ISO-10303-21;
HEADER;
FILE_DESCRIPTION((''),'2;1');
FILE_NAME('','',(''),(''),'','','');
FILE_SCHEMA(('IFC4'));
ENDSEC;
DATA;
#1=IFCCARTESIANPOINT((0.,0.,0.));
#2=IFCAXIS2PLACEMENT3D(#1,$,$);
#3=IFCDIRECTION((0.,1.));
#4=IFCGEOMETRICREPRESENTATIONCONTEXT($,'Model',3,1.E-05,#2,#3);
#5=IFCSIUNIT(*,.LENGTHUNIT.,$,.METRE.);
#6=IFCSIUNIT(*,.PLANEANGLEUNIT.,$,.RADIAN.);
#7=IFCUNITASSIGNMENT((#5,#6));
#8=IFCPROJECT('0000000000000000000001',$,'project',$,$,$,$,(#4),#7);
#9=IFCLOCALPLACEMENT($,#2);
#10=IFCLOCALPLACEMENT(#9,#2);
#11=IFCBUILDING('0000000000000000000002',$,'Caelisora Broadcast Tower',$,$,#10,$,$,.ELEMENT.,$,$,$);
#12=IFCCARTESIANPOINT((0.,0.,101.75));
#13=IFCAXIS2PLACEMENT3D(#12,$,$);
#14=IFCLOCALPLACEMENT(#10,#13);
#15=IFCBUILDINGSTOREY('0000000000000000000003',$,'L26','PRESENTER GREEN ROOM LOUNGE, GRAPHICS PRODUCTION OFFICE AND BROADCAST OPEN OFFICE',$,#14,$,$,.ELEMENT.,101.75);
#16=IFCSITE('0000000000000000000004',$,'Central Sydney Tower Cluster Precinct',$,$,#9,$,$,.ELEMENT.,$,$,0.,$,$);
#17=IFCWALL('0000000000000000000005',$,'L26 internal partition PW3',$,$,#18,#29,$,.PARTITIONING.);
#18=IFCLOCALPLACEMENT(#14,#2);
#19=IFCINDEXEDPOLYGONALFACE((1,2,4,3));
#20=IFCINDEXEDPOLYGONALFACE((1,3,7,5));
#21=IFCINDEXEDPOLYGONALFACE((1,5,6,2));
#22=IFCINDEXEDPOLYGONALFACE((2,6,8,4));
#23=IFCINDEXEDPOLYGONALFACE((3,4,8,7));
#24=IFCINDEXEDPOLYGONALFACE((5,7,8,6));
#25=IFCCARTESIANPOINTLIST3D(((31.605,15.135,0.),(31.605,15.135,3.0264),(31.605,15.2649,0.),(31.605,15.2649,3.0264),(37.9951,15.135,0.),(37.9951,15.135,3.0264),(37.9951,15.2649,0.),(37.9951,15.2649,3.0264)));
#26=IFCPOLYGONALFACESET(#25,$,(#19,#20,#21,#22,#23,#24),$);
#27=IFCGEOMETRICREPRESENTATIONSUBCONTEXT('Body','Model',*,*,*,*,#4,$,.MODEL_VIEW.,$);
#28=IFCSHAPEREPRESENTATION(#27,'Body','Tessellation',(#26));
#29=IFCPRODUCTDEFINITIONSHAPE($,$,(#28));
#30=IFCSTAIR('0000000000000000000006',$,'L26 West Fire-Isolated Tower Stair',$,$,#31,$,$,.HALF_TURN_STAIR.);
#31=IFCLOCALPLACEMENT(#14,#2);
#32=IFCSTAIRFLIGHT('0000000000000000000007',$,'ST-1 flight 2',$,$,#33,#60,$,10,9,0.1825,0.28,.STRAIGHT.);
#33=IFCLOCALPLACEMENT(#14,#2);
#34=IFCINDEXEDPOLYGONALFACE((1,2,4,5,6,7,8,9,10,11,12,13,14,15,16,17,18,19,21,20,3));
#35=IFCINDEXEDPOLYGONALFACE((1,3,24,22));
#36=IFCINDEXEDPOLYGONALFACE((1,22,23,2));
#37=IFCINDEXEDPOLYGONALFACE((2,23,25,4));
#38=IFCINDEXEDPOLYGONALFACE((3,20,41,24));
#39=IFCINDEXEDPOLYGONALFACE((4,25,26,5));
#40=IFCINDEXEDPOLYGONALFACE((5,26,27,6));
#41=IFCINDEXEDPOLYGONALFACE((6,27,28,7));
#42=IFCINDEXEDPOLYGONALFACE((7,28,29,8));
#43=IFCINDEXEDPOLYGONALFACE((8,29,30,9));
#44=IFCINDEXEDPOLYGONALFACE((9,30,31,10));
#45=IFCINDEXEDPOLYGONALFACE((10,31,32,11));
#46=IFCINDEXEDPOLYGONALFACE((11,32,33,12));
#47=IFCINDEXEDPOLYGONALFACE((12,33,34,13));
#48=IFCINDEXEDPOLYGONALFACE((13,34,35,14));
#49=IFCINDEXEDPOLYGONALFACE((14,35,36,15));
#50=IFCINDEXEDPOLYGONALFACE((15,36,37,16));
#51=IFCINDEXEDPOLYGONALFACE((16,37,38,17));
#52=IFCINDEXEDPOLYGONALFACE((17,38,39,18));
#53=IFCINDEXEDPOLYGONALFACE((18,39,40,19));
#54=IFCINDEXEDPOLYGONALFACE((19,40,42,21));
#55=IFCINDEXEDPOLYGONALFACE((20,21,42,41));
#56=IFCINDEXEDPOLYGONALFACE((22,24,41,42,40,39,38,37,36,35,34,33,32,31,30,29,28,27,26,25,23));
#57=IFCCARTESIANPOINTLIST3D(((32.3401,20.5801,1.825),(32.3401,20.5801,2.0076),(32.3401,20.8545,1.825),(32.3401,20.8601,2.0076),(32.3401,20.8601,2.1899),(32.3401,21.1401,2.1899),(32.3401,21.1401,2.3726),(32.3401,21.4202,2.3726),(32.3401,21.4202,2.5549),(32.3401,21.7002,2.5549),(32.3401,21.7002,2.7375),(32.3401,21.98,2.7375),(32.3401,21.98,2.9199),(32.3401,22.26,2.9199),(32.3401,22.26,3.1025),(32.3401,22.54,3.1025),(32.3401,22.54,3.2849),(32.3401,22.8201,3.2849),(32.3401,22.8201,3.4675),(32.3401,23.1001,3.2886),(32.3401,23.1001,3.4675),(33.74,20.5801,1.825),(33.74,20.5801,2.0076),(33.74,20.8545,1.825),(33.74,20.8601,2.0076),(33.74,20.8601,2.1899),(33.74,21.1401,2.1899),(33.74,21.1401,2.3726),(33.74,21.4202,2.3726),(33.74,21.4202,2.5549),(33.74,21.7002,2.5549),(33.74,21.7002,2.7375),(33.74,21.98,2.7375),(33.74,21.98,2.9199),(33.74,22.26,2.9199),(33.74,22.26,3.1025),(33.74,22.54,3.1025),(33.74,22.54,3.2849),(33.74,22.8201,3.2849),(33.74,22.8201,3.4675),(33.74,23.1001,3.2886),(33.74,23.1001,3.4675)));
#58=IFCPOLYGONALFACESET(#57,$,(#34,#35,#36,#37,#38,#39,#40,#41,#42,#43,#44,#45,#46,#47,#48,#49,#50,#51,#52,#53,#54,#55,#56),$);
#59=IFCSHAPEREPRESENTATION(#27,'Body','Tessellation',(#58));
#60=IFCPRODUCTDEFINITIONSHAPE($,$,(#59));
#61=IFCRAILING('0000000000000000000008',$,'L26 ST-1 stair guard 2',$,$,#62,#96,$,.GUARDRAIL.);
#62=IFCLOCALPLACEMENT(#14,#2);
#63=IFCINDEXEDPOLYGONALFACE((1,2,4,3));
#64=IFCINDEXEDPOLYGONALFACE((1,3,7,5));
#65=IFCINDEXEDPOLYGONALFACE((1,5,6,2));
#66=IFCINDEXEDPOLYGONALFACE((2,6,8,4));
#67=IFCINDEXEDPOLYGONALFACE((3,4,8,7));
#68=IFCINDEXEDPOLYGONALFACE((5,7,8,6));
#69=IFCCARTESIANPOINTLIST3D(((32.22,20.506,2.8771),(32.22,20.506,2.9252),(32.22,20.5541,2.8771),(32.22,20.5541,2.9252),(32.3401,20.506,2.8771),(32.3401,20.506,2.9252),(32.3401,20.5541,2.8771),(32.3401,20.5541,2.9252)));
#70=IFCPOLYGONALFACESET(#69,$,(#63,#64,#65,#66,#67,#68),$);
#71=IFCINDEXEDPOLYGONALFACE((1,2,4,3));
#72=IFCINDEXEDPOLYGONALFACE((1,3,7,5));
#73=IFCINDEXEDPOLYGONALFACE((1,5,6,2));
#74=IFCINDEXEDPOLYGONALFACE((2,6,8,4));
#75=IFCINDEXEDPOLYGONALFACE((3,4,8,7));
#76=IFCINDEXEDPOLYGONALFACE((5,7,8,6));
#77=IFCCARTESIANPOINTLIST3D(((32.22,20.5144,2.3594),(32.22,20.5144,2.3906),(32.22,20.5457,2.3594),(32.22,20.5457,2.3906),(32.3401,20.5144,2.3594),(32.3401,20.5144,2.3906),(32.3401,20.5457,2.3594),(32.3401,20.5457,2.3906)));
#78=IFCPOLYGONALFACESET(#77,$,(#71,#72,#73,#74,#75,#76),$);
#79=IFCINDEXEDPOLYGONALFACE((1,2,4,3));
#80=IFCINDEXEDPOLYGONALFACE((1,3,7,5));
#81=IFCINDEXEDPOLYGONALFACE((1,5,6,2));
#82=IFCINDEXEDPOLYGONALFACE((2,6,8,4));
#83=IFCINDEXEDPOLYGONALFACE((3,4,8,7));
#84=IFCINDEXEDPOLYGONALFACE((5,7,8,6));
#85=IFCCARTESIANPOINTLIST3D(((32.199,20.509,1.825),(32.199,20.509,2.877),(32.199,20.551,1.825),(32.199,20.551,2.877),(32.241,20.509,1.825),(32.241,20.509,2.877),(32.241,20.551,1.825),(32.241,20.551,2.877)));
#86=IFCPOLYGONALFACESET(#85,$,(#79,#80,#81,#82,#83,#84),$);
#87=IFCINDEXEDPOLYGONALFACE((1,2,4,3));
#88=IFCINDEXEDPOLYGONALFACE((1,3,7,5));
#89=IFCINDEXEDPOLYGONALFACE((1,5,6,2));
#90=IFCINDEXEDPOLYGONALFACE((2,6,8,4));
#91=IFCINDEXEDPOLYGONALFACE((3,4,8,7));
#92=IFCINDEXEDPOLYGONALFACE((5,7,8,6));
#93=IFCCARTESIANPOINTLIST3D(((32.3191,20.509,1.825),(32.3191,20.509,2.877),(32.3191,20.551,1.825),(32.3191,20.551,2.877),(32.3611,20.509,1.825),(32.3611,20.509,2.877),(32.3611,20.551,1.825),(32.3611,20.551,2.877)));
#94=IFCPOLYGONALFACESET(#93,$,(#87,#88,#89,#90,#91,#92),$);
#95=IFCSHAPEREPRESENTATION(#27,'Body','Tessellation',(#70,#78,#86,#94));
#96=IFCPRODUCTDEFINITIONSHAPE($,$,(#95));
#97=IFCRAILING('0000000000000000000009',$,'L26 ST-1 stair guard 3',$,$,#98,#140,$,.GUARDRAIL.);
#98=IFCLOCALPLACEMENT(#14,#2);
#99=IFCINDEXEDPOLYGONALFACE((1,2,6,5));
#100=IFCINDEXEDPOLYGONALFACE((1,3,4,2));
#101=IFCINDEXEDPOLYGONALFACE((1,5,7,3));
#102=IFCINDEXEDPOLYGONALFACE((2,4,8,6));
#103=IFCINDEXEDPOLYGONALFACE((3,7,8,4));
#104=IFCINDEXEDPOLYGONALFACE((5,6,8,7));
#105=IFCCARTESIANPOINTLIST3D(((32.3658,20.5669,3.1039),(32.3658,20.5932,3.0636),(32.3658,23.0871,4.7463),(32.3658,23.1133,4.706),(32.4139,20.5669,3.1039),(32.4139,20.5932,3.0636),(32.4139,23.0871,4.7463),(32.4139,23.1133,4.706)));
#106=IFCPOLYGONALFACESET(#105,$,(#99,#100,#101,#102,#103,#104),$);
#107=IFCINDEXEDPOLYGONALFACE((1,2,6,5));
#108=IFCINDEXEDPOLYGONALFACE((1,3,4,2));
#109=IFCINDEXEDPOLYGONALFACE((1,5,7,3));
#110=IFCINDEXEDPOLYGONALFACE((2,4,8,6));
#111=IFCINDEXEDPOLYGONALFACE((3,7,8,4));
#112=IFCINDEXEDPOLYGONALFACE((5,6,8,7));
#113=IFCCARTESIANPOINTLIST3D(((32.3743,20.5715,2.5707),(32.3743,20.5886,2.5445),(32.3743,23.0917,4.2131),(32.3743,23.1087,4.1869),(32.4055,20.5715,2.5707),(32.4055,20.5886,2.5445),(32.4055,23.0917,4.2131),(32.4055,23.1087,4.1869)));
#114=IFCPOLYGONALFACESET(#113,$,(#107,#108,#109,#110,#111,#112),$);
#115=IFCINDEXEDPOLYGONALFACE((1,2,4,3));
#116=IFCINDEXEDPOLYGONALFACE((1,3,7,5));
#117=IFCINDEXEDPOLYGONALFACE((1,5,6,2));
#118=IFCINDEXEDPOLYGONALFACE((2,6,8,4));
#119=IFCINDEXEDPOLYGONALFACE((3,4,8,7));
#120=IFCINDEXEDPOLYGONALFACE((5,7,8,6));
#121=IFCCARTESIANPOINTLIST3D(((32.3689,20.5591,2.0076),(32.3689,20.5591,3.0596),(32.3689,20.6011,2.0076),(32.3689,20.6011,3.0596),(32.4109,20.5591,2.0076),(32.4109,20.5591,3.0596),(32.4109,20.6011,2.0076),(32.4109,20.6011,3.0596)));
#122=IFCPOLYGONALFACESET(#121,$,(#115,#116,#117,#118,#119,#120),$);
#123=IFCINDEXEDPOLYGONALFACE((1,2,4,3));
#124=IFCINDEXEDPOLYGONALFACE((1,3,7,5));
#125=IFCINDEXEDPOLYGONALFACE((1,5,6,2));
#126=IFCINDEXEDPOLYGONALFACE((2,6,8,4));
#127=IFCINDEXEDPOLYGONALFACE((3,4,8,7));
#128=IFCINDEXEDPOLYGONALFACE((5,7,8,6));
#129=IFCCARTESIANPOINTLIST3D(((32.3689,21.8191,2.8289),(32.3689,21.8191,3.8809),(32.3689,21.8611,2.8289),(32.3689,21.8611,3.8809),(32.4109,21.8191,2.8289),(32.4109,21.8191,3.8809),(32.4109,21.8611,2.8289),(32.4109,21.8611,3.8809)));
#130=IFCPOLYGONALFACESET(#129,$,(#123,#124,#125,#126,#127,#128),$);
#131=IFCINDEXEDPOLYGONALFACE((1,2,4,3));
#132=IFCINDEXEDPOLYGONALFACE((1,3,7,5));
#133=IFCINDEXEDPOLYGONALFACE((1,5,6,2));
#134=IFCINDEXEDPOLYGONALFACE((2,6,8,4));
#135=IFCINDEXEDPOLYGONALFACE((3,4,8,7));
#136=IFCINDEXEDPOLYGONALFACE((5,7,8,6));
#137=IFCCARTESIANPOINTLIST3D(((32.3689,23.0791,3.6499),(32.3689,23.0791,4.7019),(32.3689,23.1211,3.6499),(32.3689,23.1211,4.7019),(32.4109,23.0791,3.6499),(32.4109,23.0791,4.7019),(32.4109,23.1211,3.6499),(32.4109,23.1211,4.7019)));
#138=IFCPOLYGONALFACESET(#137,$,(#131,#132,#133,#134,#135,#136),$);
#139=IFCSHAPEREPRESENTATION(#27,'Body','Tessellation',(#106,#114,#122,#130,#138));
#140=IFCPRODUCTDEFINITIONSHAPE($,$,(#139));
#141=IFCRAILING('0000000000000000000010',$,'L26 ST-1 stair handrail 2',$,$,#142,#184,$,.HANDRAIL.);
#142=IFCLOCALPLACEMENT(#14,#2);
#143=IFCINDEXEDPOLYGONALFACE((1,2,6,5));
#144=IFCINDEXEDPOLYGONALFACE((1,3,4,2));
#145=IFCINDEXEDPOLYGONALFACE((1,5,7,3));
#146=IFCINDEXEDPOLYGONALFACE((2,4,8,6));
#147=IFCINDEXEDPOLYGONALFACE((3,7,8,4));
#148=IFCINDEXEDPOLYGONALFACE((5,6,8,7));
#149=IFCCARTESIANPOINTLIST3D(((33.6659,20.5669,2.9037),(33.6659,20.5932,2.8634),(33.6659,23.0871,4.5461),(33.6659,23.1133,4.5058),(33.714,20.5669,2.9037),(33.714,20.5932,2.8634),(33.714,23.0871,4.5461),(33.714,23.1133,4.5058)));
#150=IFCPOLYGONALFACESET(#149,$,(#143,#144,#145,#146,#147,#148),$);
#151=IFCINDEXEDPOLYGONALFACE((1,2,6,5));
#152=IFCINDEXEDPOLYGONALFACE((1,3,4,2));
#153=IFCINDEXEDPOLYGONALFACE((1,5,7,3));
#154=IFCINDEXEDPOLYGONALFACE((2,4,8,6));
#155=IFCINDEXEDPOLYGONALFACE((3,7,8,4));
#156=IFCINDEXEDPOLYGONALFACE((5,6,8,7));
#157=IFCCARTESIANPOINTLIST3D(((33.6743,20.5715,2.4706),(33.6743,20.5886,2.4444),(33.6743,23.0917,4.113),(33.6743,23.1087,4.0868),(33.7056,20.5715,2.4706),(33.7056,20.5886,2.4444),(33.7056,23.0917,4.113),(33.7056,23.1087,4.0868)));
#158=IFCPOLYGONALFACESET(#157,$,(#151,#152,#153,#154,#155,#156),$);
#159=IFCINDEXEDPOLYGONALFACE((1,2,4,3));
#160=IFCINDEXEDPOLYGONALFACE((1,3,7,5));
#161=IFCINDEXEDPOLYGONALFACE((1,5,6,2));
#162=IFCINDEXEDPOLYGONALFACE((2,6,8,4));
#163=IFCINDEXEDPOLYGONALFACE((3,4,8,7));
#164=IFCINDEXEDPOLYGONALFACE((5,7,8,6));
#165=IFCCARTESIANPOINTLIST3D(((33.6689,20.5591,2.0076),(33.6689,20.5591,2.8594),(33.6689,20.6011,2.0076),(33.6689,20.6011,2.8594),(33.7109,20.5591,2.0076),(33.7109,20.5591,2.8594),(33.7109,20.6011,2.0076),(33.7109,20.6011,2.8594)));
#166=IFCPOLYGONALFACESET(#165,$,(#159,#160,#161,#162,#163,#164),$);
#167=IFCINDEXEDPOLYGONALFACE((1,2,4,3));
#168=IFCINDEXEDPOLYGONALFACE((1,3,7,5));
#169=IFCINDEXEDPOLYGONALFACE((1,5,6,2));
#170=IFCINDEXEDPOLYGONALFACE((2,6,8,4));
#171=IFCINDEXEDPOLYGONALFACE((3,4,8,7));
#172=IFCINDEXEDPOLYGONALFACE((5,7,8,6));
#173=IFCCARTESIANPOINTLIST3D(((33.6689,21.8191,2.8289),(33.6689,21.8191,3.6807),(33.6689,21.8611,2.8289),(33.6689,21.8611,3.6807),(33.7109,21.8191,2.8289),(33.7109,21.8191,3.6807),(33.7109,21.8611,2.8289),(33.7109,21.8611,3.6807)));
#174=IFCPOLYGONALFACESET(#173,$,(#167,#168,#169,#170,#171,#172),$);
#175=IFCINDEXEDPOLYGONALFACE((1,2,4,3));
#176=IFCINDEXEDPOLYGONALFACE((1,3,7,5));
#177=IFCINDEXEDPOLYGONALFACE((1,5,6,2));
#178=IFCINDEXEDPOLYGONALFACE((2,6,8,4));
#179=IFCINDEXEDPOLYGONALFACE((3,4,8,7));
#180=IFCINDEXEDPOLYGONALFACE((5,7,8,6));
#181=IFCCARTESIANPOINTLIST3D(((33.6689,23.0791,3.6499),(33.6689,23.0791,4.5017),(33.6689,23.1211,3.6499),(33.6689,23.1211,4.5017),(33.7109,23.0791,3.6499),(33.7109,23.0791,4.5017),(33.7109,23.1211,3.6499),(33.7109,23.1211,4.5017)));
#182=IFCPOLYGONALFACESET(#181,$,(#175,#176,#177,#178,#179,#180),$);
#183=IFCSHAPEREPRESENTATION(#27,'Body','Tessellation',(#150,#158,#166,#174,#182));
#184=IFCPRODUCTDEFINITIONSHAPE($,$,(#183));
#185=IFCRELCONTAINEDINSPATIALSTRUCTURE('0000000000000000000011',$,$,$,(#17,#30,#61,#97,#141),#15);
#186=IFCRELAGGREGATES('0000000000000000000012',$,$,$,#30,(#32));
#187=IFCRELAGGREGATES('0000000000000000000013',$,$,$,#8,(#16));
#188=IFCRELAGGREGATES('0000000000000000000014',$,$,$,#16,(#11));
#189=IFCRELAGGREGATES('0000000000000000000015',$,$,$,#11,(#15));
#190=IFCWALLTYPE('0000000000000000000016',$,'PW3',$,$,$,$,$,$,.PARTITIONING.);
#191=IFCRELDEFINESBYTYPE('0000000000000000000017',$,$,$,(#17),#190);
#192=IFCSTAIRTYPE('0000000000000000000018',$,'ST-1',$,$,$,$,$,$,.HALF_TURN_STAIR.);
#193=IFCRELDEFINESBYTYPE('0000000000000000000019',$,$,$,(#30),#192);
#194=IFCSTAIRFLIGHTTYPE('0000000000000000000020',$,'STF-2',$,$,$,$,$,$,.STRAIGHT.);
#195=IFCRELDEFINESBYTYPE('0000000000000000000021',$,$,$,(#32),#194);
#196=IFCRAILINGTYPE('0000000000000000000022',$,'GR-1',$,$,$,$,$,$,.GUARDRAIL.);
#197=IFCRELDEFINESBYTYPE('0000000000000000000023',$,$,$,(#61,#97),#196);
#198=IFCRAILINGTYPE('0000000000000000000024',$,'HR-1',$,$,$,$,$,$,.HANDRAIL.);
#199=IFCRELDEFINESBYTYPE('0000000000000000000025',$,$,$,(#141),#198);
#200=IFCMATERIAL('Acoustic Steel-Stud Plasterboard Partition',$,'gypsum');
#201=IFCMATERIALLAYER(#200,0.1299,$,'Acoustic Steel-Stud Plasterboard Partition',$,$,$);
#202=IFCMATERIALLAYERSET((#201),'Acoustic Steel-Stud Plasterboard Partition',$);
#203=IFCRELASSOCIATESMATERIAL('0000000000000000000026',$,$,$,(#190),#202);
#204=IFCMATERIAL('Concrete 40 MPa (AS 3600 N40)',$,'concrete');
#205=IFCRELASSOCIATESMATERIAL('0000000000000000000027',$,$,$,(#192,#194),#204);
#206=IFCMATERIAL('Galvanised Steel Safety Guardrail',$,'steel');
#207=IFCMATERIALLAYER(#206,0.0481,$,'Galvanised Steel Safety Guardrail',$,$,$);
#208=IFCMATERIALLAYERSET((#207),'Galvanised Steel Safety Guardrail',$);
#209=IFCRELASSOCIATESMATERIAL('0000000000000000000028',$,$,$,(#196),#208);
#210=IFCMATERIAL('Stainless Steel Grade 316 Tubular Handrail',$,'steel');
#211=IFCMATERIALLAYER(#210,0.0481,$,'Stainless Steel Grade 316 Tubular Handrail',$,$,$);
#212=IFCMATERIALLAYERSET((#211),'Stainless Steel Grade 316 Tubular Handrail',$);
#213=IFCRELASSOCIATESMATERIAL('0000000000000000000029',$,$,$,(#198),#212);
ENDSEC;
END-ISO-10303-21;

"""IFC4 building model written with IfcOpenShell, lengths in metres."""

from ifc_helpers import new_model, si_unit, direction, frame, frame_2d, origin, origin_2d, place, context, subcontext, project, spatial, polyline, rectangle, outline, extrude, material, layer, layer_set, type_object, element, aggregate, save


model = new_model("IFC4")

# Units and contexts
model_context = context("Model", 3, precision=1e-05, world=origin(), true_north=direction((0.0, 1.0)))
body_context = subcontext(model_context, "Body", "Model", "MODEL_VIEW")
ifc_project = project(units=[si_unit("LENGTHUNIT", "METRE"), si_unit("PLANEANGLEUNIT", "RADIAN")], contexts=[model_context])

# Site, building, storey
site_placement = place(None, origin())
site = spatial("IfcSite", under=ifc_project, at=site_placement, Name="Central Sydney Tower Cluster Precinct", CompositionType="ELEMENT", RefElevation=0.0)
building_placement = place(site_placement, origin())
building = spatial("IfcBuilding", under=site, at=building_placement, Name="Caelisora Broadcast Tower", CompositionType="ELEMENT")
storey_placement = place(building_placement, frame((0.0, 0.0, 101.75)))
storey = spatial("IfcBuildingStorey", under=building, at=storey_placement, Name="L26", Description="PRESENTER GREEN ROOM LOUNGE, GRAPHICS PRODUCTION OFFICE AND BROADCAST OPEN OFFICE", CompositionType="ELEMENT", Elevation=101.75)

# Wall
ifc_material_1 = material(Name="Acoustic Steel-Stud Plasterboard Partition", Category="gypsum")
ifc_layer_1 = layer(ifc_material_1, 0.1299, Name="Acoustic Steel-Stud Plasterboard Partition")
ifc_layer_set_1 = layer_set([ifc_layer_1], Name="Acoustic Steel-Stud Plasterboard Partition")
wall_type_1 = type_object("IfcWallType", Name="PW3", PredefinedType="PARTITIONING", material=ifc_layer_set_1)
wall_1_placement = place(storey_placement, frame((31.605, 15.2, 0.0), z_axis=(0.0, 0.0, 1.0), x_axis=(1.0, 0.0, 0.0)))
element("IfcWall", 1, at=wall_1_placement, inside=storey, type_object=wall_type_1, Name="L26 internal partition PW3", PredefinedType="PARTITIONING", context=body_context, shape_type="SweptSolid", body=[
    extrude(rectangle(XDim=6.3901, YDim=0.1299, at=frame_2d((3.1951, 0.0))), origin(), (0.0, 0.0, 1.0), 3.0264),
])

# Stair, stair flight
ifc_material_2 = material(Name="Concrete 40 MPa (AS 3600 N40)", Category="concrete")
stair_type = type_object("IfcStairType", Name="ST-1", PredefinedType="HALF_TURN_STAIR", material=ifc_material_2)
stair_placement = place(storey_placement, origin())
stair = element("IfcStair", 2, at=stair_placement, inside=storey, type_object=stair_type, Name="L26 West Fire-Isolated Tower Stair", PredefinedType="HALF_TURN_STAIR")
stair_flight_type = type_object("IfcStairFlightType", Name="STF-2", PredefinedType="STRAIGHT", material=ifc_material_2)
stair_flight_placement = place(storey_placement, frame((33.04, 20.5801, 1.825), z_axis=(0.0, 0.0, 1.0), x_axis=(0.0, 1.0, 0.0)))
stair_flight = element("IfcStairFlight", 3, at=stair_flight_placement, type_object=stair_flight_type, Name="ST-1 flight 2", NumberOfRisers=10, NumberOfTreads=9, PredefinedType="STRAIGHT", RiserHeight=0.1825, TreadLength=0.28, context=body_context, shape_type="SweptSolid", body=[
    extrude(outline(polyline([(0.0, 0.0), (0.0, 0.1826), (0.28, 0.1826), (0.28, 0.365), (0.5601, 0.365), (0.5601, 0.5476), (0.8401, 0.5476), (0.8401, 0.73), (1.1201, 0.73), (1.1201, 0.9126), (1.3999, 0.9126), (1.3999, 1.095), (1.6799, 1.095), (1.6799, 1.2776), (1.96, 1.2776), (1.96, 1.46), (2.24, 1.46), (2.24, 1.6426), (2.52, 1.6426), (2.52, 1.825), (2.52, 1.4636), (0.2744, 0.0), (0.0, 0.0)])), frame((0.0, 0.7, 0.0), z_axis=(0.0, -1.0, 0.0), x_axis=(1.0, 0.0, 0.0)), (0.0, 0.0, 1.0), 1.3999),
])
aggregate(stair, [stair_flight])

# Railings
ifc_material_3 = material(Name="Galvanised Steel Safety Guardrail", Category="steel")
ifc_layer_2 = layer(ifc_material_3, 0.0481, Name="Galvanised Steel Safety Guardrail")
ifc_layer_set_2 = layer_set([ifc_layer_2], Name="Galvanised Steel Safety Guardrail")
railing_type_1 = type_object("IfcRailingType", Name="GR-1", PredefinedType="GUARDRAIL", material=ifc_layer_set_2)
railing_1_placement = place(storey_placement, frame((32.22, 20.53, 1.825)))
element("IfcRailing", 4, at=railing_1_placement, inside=storey, type_object=railing_type_1, Name="L26 ST-1 stair guard 2", PredefinedType="GUARDRAIL", context=body_context, shape_type="SweptSolid", body=[
    extrude(rectangle(XDim=0.0481, YDim=0.0481, at=origin_2d()), frame((0.0, 0.0, 1.0762), z_axis=(1.0, 0.0, 0.0), x_axis=(0.0, 1.0, 0.0)), (0.0, 0.0, 1.0), 0.1201),
    extrude(rectangle(XDim=0.0312, YDim=0.0312, at=origin_2d()), frame((0.0, 0.0, 0.55), z_axis=(1.0, 0.0, 0.0), x_axis=(0.0, 1.0, 0.0)), (0.0, 0.0, 1.0), 0.1201),
    extrude(rectangle(XDim=0.042, YDim=0.042, at=origin_2d()), origin(), (0.0, 0.0, 1.0), 1.052),
    extrude(rectangle(XDim=0.042, YDim=0.042, at=origin_2d()), frame((0.1201, 0.0, 0.0)), (0.0, 0.0, 1.0), 1.052),
])
railing_2_placement = place(storey_placement, frame((32.3899, 20.5801, 2.0076)))
element("IfcRailing", 5, at=railing_2_placement, inside=storey, type_object=railing_type_1, Name="L26 ST-1 stair guard 3", PredefinedType="GUARDRAIL", context=body_context, shape_type="SweptSolid", body=[
    extrude(rectangle(XDim=0.0481, YDim=0.0481, at=origin_2d()), frame((0.0, 0.0, 1.0762), z_axis=(0.0, 0.837787, 0.545998), x_axis=(-1.0, 0.0, 0.0)), (0.0, 0.0, 1.0), 3.0081),
    extrude(rectangle(XDim=0.0312, YDim=0.0312, at=origin_2d()), frame((0.0, 0.0, 0.55), z_axis=(0.0, 0.837787, 0.545998), x_axis=(-1.0, 0.0, 0.0)), (0.0, 0.0, 1.0), 3.0081),
    extrude(rectangle(XDim=0.042, YDim=0.042, at=origin_2d()), origin(), (0.0, 0.0, 1.0), 1.052),
    extrude(rectangle(XDim=0.042, YDim=0.042, at=origin_2d()), frame((0.0, 1.26, 0.8213)), (0.0, 0.0, 1.0), 1.052),
    extrude(rectangle(XDim=0.042, YDim=0.042, at=origin_2d()), frame((0.0, 2.52, 1.6423)), (0.0, 0.0, 1.0), 1.052),
])
ifc_material_4 = material(Name="Stainless Steel Grade 316 Tubular Handrail", Category="steel")
ifc_layer_3 = layer(ifc_material_4, 0.0481, Name="Stainless Steel Grade 316 Tubular Handrail")
ifc_layer_set_3 = layer_set([ifc_layer_3], Name="Stainless Steel Grade 316 Tubular Handrail")
railing_type_2 = type_object("IfcRailingType", Name="HR-1", PredefinedType="HANDRAIL", material=ifc_layer_set_3)
railing_3_placement = place(storey_placement, frame((33.6899, 20.5801, 2.0076)))
element("IfcRailing", 6, at=railing_3_placement, inside=storey, type_object=railing_type_2, Name="L26 ST-1 stair handrail 2", PredefinedType="HANDRAIL", context=body_context, shape_type="SweptSolid", body=[
    extrude(rectangle(XDim=0.0481, YDim=0.0481, at=origin_2d()), frame((0.0, 0.0, 0.876), z_axis=(0.0, 0.837787, 0.545998), x_axis=(-1.0, 0.0, 0.0)), (0.0, 0.0, 1.0), 3.0081),
    extrude(rectangle(XDim=0.0312, YDim=0.0312, at=origin_2d()), frame((0.0, 0.0, 0.45), z_axis=(0.0, 0.837787, 0.545998), x_axis=(-1.0, 0.0, 0.0)), (0.0, 0.0, 1.0), 3.0081),
    extrude(rectangle(XDim=0.042, YDim=0.042, at=origin_2d()), origin(), (0.0, 0.0, 1.0), 0.8518),
    extrude(rectangle(XDim=0.042, YDim=0.042, at=origin_2d()), frame((0.0, 1.26, 0.8213)), (0.0, 0.0, 1.0), 0.8518),
    extrude(rectangle(XDim=0.042, YDim=0.042, at=origin_2d()), frame((0.0, 2.52, 1.6423)), (0.0, 0.0, 1.0), 0.8518),
])

save(model, "model.ifc")
